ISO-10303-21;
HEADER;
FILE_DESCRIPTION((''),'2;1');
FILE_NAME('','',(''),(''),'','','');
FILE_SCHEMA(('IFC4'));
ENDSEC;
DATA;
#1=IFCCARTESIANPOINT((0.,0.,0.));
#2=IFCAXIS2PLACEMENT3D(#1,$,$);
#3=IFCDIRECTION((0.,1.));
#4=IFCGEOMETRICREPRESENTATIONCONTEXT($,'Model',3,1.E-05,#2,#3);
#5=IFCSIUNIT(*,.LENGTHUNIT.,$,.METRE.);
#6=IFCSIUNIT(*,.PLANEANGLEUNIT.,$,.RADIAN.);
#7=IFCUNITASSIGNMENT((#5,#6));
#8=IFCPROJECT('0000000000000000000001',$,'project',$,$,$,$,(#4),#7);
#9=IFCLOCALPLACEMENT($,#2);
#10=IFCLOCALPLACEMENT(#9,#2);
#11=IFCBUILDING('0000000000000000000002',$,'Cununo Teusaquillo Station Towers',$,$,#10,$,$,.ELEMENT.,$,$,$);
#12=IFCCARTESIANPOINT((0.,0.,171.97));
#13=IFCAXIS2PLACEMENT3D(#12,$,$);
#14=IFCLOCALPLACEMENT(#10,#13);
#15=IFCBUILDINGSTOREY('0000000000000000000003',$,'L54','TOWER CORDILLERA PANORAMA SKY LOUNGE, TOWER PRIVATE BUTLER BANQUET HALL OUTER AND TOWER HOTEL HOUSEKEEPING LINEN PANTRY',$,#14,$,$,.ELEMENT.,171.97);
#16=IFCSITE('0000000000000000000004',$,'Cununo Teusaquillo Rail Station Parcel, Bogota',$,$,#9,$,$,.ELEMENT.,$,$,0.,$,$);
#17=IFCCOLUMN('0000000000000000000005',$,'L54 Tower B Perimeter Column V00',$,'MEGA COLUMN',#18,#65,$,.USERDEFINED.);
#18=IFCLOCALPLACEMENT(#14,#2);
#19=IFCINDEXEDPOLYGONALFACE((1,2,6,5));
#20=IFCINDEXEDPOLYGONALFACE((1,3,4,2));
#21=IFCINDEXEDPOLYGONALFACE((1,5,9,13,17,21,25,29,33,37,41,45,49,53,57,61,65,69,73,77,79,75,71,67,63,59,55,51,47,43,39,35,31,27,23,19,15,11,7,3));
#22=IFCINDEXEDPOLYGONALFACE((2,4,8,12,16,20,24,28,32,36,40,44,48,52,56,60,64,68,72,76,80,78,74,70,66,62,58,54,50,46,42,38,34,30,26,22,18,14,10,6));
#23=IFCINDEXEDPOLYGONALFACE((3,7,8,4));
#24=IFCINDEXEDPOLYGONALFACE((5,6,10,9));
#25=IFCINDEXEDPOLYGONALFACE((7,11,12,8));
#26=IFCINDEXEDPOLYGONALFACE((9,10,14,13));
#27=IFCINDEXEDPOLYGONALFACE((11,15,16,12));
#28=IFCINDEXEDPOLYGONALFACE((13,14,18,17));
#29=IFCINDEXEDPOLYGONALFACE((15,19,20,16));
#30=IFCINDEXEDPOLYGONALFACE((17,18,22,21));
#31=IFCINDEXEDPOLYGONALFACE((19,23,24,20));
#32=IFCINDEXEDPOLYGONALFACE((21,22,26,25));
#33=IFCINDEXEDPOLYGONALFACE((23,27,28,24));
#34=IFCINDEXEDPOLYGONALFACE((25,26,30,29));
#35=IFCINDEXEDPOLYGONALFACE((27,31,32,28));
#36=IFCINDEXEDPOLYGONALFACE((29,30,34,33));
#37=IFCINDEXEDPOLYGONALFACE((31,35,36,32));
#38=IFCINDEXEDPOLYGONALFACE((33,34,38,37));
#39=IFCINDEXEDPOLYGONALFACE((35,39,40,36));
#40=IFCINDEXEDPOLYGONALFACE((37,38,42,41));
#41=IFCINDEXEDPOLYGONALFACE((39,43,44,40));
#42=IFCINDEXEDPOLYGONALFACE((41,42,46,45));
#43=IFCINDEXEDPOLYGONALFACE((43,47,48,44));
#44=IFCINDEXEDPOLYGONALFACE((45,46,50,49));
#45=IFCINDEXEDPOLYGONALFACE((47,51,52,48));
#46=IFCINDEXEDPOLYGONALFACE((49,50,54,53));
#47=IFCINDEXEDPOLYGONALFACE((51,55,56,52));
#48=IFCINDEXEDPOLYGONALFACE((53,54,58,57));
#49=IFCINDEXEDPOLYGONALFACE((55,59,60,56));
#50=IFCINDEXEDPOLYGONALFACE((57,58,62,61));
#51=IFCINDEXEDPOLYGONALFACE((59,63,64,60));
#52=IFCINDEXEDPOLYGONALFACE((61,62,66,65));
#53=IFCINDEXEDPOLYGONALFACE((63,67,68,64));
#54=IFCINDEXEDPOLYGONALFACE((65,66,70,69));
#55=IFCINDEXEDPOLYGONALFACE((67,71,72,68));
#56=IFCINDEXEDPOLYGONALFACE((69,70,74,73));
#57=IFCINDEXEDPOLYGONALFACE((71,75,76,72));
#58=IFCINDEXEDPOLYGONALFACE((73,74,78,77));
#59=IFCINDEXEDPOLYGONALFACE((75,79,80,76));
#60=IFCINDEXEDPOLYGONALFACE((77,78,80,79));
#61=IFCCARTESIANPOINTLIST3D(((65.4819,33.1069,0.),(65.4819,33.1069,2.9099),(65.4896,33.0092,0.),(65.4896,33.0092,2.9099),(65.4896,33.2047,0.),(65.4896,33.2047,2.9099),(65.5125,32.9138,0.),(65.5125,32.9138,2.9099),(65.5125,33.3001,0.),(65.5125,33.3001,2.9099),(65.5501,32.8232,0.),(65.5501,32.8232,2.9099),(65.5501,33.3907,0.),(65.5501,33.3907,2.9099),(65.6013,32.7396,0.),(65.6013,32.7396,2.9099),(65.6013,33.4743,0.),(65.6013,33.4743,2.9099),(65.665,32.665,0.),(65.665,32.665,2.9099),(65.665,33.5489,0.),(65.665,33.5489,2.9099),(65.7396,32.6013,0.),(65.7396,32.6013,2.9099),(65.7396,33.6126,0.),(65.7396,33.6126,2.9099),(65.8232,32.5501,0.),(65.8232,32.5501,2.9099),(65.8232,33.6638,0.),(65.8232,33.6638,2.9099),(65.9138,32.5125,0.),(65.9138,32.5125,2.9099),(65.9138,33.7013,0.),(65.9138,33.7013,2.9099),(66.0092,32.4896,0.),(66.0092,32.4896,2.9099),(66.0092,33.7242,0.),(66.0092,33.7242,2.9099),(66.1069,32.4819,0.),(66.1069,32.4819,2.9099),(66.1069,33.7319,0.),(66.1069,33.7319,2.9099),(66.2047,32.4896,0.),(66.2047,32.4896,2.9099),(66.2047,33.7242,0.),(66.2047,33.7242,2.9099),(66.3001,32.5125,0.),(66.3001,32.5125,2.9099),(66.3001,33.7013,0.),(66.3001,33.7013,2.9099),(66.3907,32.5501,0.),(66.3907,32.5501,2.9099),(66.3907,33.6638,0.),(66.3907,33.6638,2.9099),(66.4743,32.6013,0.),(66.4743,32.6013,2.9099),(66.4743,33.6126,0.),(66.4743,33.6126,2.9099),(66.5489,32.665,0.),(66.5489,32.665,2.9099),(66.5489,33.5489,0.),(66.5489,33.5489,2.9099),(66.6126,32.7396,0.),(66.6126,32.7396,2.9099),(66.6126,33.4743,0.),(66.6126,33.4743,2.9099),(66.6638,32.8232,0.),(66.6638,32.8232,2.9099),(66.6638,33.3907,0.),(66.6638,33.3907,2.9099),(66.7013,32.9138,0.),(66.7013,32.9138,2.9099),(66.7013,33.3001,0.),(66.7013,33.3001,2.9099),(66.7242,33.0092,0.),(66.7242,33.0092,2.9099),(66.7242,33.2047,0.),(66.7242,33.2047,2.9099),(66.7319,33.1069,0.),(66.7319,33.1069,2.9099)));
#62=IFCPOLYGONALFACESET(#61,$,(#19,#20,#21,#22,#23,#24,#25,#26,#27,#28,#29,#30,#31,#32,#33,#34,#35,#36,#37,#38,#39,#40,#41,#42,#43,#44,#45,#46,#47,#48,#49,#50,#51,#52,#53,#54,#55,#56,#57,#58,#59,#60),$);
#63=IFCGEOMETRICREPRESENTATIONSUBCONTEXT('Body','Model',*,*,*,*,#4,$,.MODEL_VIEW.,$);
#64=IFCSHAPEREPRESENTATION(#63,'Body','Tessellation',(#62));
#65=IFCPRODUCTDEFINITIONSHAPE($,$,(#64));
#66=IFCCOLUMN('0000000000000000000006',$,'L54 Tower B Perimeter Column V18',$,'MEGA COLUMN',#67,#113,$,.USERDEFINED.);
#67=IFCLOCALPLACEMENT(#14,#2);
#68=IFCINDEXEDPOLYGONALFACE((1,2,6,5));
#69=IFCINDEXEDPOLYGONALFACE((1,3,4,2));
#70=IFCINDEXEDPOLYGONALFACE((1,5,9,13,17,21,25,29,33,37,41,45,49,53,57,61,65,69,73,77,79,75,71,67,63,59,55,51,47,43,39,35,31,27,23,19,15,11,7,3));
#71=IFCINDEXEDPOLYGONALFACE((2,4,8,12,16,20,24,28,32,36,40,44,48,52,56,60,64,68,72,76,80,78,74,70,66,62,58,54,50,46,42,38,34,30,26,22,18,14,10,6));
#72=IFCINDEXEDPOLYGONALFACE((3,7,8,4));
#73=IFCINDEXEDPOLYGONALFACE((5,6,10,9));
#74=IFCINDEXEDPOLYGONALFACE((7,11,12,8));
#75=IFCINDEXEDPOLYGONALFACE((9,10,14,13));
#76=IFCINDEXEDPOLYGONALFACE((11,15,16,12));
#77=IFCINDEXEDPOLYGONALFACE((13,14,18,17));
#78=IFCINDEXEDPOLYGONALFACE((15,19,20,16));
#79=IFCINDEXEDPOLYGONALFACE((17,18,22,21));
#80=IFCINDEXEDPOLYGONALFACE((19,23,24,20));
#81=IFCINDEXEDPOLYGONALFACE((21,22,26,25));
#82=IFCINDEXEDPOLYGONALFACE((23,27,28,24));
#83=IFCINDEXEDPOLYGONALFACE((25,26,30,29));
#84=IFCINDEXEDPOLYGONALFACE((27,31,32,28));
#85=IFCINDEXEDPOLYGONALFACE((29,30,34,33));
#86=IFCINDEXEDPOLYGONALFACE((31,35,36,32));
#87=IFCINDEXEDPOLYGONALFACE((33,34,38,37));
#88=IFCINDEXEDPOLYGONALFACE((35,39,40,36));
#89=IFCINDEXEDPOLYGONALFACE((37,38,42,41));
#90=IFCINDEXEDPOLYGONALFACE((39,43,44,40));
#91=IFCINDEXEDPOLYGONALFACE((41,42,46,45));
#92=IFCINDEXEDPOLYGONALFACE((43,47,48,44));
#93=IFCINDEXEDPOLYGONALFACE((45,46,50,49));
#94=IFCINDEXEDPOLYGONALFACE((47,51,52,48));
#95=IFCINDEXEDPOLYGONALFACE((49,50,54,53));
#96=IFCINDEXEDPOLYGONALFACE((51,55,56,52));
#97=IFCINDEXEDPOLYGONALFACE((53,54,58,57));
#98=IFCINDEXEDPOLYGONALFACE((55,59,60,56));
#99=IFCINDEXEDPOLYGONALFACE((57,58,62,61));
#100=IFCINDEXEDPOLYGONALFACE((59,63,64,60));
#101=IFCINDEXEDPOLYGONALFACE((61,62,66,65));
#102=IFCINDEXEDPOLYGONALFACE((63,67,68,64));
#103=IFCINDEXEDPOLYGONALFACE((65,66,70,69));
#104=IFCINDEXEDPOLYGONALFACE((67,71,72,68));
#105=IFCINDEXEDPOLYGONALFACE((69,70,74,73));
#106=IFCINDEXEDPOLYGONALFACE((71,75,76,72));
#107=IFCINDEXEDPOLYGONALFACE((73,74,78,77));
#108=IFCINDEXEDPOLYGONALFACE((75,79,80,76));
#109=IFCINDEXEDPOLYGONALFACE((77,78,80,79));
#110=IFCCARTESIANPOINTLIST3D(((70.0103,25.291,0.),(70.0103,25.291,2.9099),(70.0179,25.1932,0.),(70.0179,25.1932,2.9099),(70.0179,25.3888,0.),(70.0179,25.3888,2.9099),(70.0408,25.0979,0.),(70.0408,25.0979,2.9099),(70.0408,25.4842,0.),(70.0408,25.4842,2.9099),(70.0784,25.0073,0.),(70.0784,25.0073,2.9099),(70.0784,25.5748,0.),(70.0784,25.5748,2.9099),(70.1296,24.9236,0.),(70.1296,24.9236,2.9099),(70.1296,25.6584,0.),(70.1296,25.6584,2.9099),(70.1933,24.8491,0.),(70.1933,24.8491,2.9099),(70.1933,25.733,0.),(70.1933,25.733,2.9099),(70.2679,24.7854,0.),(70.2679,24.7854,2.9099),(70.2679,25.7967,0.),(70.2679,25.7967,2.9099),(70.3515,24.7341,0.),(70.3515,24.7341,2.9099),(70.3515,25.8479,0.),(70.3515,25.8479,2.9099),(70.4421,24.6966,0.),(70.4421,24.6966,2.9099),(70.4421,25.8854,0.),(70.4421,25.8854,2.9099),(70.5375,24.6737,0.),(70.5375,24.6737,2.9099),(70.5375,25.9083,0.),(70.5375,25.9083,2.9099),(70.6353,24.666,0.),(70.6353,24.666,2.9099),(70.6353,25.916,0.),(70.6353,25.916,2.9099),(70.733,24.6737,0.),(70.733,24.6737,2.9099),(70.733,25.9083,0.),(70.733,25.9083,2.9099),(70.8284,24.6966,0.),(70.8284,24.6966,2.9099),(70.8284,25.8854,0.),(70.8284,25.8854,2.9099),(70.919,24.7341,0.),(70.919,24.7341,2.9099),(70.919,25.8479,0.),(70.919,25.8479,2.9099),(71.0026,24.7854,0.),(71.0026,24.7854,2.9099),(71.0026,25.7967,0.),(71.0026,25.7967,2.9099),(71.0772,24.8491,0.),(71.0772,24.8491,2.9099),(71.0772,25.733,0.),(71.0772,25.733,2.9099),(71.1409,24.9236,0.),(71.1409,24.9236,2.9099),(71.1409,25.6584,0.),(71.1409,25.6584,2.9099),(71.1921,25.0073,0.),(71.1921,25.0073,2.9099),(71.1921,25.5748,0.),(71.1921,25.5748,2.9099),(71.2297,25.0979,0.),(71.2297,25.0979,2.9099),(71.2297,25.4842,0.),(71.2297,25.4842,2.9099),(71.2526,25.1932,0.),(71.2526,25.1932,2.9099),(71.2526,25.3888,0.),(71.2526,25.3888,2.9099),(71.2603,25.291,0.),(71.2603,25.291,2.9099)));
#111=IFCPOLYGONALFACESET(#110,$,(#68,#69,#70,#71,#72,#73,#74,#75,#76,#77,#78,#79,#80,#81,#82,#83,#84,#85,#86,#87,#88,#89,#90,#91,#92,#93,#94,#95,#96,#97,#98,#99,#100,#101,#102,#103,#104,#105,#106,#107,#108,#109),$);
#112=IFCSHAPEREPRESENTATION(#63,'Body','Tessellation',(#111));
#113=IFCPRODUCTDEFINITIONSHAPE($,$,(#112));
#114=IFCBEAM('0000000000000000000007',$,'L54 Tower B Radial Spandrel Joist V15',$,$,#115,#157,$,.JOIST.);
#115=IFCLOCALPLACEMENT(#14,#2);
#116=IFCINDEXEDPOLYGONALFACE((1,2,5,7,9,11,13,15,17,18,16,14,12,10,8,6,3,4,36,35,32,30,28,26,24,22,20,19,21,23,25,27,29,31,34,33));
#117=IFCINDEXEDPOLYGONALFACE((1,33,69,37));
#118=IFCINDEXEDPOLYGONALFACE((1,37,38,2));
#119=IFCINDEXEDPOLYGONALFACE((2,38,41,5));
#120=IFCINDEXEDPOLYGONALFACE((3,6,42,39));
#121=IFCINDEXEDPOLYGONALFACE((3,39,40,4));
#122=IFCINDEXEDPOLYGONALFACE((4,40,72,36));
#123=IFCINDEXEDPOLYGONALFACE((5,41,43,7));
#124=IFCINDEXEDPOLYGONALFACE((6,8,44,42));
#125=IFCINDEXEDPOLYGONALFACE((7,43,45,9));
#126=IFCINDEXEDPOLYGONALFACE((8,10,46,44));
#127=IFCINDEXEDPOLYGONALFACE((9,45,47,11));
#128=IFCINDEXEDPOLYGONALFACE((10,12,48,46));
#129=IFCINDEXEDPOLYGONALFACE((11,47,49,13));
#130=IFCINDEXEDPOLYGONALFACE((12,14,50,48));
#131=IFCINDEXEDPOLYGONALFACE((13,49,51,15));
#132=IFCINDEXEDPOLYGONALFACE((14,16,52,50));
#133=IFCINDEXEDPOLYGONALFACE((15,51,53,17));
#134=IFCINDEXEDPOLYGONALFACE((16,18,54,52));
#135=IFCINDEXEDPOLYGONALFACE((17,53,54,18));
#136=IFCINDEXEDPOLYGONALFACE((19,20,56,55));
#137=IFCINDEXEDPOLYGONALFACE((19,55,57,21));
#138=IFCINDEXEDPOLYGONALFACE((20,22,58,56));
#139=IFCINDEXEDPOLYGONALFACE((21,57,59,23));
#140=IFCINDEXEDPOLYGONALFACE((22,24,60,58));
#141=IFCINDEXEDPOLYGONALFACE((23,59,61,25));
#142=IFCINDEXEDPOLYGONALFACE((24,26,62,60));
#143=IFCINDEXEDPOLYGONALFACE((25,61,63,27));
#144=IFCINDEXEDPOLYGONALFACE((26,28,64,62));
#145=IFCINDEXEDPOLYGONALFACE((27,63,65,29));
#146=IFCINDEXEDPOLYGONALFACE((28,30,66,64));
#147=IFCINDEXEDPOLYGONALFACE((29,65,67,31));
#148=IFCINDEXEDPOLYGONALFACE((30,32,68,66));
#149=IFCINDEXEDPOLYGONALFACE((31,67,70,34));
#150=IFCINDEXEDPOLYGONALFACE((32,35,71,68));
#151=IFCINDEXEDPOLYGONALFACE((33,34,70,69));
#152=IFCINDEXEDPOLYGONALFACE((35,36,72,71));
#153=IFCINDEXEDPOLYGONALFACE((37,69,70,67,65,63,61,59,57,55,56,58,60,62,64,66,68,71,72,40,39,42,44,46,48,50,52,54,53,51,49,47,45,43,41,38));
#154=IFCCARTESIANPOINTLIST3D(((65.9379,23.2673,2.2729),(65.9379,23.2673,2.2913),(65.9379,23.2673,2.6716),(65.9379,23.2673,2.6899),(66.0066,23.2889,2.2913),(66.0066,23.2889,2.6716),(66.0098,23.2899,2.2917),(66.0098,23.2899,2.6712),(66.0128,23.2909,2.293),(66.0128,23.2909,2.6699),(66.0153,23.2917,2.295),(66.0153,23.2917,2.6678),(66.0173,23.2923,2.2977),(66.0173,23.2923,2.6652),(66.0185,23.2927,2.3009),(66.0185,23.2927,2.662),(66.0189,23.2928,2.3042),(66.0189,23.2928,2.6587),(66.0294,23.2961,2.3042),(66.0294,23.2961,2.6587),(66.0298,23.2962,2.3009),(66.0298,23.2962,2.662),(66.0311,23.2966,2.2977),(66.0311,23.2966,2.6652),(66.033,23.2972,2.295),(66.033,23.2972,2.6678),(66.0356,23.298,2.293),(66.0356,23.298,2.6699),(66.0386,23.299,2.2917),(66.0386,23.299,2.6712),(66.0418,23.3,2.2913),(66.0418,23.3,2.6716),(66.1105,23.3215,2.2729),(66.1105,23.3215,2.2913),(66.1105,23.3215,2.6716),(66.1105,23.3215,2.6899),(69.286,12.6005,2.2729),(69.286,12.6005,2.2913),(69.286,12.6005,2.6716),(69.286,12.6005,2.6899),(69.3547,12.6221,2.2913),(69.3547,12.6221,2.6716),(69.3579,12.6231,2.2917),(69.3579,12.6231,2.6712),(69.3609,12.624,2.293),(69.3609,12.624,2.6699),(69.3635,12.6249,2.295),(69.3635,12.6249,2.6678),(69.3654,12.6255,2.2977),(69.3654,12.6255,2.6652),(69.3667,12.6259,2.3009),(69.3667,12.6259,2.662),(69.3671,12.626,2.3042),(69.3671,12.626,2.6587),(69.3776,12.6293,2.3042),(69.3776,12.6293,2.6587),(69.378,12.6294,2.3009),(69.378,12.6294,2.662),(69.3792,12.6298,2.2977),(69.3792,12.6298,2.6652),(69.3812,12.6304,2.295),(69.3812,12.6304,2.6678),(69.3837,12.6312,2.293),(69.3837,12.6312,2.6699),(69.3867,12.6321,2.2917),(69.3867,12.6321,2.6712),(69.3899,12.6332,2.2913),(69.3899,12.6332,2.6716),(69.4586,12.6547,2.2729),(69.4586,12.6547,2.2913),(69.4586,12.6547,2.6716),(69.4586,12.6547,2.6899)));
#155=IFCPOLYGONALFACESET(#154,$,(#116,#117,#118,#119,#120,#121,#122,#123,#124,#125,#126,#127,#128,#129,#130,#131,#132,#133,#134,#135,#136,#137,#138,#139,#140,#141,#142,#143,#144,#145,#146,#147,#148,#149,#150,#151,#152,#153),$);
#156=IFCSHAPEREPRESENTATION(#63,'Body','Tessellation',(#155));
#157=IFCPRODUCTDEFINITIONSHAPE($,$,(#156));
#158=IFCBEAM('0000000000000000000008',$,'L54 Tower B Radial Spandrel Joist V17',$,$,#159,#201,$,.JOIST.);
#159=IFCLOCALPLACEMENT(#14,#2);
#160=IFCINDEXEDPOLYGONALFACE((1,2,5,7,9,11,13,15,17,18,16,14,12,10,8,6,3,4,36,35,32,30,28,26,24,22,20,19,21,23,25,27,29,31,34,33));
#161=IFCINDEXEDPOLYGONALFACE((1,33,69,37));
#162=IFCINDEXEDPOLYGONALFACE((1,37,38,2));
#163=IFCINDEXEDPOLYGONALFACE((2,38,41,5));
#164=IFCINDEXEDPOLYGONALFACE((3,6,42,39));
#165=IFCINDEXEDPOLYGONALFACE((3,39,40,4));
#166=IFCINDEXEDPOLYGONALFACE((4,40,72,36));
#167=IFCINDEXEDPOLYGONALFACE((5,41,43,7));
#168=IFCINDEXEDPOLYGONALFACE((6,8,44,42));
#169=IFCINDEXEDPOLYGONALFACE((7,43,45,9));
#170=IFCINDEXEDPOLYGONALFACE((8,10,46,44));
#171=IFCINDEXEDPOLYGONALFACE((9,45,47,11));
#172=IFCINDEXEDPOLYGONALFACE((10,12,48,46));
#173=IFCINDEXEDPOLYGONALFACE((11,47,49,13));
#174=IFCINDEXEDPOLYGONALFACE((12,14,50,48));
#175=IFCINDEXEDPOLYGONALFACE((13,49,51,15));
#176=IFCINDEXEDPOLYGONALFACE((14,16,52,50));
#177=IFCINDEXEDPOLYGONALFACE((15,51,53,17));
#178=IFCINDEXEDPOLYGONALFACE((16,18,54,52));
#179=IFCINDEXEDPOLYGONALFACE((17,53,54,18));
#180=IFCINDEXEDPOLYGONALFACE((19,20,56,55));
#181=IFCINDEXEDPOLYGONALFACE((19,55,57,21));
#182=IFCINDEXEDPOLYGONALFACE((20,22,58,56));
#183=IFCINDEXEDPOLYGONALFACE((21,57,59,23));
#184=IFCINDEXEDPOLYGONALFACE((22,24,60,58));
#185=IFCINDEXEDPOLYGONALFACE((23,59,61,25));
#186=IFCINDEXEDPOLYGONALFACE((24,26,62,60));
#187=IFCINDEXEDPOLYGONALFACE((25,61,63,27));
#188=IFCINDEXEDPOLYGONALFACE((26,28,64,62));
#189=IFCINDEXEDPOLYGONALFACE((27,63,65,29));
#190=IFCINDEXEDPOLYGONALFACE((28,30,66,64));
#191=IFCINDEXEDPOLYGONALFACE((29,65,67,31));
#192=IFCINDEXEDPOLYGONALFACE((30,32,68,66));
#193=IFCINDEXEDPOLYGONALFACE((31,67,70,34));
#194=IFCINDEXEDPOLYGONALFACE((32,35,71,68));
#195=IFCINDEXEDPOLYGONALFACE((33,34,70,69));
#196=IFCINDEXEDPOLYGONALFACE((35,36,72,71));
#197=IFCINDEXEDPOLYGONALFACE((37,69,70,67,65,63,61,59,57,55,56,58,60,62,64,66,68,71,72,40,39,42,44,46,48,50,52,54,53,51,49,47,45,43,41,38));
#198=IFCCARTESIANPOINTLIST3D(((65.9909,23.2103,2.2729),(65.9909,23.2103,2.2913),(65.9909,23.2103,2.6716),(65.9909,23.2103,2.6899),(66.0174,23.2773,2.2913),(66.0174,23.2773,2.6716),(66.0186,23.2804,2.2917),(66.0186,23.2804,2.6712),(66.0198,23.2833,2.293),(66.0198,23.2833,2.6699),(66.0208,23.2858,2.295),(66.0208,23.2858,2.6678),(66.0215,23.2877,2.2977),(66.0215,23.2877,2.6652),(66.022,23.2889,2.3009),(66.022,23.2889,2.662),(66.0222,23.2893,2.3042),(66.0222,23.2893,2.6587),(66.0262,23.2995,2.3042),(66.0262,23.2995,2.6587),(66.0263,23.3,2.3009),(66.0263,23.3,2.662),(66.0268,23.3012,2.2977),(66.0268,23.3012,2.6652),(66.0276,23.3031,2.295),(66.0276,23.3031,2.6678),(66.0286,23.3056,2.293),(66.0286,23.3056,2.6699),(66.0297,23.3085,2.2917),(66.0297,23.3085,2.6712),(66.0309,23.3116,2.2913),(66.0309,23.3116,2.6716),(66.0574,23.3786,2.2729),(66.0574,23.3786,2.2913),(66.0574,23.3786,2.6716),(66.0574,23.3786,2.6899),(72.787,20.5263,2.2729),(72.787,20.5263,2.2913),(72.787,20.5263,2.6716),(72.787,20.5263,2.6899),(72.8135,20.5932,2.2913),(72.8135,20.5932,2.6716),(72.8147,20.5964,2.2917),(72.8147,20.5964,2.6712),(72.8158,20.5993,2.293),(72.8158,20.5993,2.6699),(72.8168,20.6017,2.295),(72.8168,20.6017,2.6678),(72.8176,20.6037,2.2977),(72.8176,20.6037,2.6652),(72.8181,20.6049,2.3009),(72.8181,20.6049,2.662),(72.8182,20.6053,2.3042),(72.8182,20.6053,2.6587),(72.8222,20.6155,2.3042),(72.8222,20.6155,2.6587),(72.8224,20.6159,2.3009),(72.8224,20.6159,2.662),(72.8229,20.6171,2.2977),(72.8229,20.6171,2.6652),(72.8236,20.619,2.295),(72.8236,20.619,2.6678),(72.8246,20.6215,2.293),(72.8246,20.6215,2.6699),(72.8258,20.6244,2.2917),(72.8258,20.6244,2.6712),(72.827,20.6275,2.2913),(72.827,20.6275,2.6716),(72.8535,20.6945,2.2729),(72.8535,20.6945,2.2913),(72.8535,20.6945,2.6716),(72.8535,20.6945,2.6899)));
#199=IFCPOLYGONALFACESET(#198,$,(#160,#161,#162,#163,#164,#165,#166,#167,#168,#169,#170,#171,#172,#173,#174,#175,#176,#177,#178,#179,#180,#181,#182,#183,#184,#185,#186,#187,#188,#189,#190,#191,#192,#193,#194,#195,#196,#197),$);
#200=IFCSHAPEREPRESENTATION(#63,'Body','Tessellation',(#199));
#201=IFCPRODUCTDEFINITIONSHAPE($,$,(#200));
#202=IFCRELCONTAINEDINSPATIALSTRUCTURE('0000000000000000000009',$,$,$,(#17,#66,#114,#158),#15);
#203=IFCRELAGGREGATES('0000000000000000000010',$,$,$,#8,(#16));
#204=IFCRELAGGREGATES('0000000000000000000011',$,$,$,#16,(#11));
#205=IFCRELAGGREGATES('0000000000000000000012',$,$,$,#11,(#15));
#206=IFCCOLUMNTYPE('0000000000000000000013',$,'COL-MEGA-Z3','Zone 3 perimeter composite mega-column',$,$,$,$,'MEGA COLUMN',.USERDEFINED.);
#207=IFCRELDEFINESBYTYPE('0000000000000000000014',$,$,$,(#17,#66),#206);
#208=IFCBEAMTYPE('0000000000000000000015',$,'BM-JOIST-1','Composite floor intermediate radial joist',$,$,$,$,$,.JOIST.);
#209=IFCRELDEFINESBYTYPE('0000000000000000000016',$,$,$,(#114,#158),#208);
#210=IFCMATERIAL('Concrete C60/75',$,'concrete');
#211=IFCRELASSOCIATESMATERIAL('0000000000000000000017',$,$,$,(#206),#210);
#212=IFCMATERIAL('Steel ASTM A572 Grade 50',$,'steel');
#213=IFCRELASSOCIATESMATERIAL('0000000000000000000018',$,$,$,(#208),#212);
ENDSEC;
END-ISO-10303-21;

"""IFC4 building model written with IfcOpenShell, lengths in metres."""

from ifc_helpers import new_model, si_unit, direction, frame, origin, origin_2d, place, context, subcontext, project, spatial, circle, i_section, extrude, material, material_profile, profile_set, type_object, element, save


model = new_model("IFC4")

# Units and contexts
model_context = context("Model", 3, precision=1e-05, world=origin(), true_north=direction((0.0, 1.0)))
body_context = subcontext(model_context, "Body", "Model", "MODEL_VIEW")
ifc_project = project(units=[si_unit("LENGTHUNIT", "METRE"), si_unit("PLANEANGLEUNIT", "RADIAN")], contexts=[model_context])

# Site, building, storey
site_placement = place(None, origin())
site = spatial("IfcSite", under=ifc_project, at=site_placement, Name="Cununo Teusaquillo Rail Station Parcel, Bogota", CompositionType="ELEMENT", RefElevation=0.0)
building_placement = place(site_placement, origin())
building = spatial("IfcBuilding", under=site, at=building_placement, Name="Cununo Teusaquillo Station Towers", CompositionType="ELEMENT")
storey_placement = place(building_placement, frame((0.0, 0.0, 171.97)))
storey = spatial("IfcBuildingStorey", under=building, at=storey_placement, Name="L54", Description="TOWER CORDILLERA PANORAMA SKY LOUNGE, TOWER PRIVATE BUTLER BANQUET HALL OUTER AND TOWER HOTEL HOUSEKEEPING LINEN PANTRY", CompositionType="ELEMENT", Elevation=171.97)

# Columns
ifc_material_1 = material(Name="Concrete C60/75", Category="concrete")
ifc_material_profile_1 = material_profile(ifc_material_1, circle(Radius=0.625, at=origin_2d()), Name="RC-CIRC-1250")
ifc_profile_set_1 = profile_set([ifc_material_profile_1], Name="Concrete C60/75")
column_type = type_object("IfcColumnType", Name="COL-MEGA-Z3", Description="Zone 3 perimeter composite mega-column", ElementType="MEGA COLUMN", PredefinedType="USERDEFINED", material=ifc_profile_set_1)
for number, where, z_axis, x_axis, name in (
    (1, (66.1069, 33.1069, 0.0), (0.0, 0.0, 1.0), (1.0, 0.0, 0.0), "L54 Tower B Perimeter Column V00"),
    (2, (70.6353, 25.291, 0.0), (0.0, 0.0, 1.0), (1.0, 0.0, 0.0), "L54 Tower B Perimeter Column V18"),
):
    element("IfcColumn", number, at=place(storey_placement, frame(where, z_axis=z_axis, x_axis=x_axis)), inside=storey, type_object=column_type, Name=name, ObjectType="MEGA COLUMN", PredefinedType="USERDEFINED", context=body_context, shape_type="SweptSolid", body=[
        extrude(circle(Radius=0.625, at=origin_2d()), origin(), (0.0, 0.0, 1.0), 2.9099),
    ])

# Beams
ifc_material_2 = material(Name="Steel ASTM A572 Grade 50", Category="steel")
ifc_material_profile_2 = material_profile(ifc_material_2, i_section(OverallWidth=0.1809, OverallDepth=0.417, WebThickness=0.011, FlangeThickness=0.0183, FilletRadius=0.0129, at=origin_2d()), Name="W16X57")
ifc_profile_set_2 = profile_set([ifc_material_profile_2], Name="Steel ASTM A572 Grade 50")
beam_type_1 = type_object("IfcBeamType", Name="BM-JOIST-1", Description="Composite floor intermediate radial joist", PredefinedType="JOIST", material=ifc_profile_set_2)
beam_1_placement = place(storey_placement, frame((66.0242, 23.2944, 2.4814), z_axis=(0.29948, -0.954103, 0.0), x_axis=(0.954103, 0.29948, 0.0)))
element("IfcBeam", 3, at=beam_1_placement, inside=storey, type_object=beam_type_1, Name="L54 Tower B Radial Spandrel Joist V15", PredefinedType="JOIST", context=body_context, shape_type="SweptSolid", body=[
    extrude(i_section(OverallWidth=0.1809, OverallDepth=0.417, WebThickness=0.011, FlangeThickness=0.0183, FilletRadius=0.0129, at=origin_2d()), origin(), (0.0, 0.0, 1.0), 11.1799),
])
beam_2_placement = place(storey_placement, frame((66.0242, 23.2944, 2.4814), z_axis=(0.93009, -0.367332, 0.0), x_axis=(0.367332, 0.93009, 0.0)))
element("IfcBeam", 4, at=beam_2_placement, inside=storey, type_object=beam_type_1, Name="L54 Tower B Radial Spandrel Joist V17", PredefinedType="JOIST", context=body_context, shape_type="SweptSolid", body=[
    extrude(i_section(OverallWidth=0.1809, OverallDepth=0.417, WebThickness=0.011, FlangeThickness=0.0183, FilletRadius=0.0129, at=origin_2d()), origin(), (0.0, 0.0, 1.0), 7.3069),
])

save(model, "model.ifc")
